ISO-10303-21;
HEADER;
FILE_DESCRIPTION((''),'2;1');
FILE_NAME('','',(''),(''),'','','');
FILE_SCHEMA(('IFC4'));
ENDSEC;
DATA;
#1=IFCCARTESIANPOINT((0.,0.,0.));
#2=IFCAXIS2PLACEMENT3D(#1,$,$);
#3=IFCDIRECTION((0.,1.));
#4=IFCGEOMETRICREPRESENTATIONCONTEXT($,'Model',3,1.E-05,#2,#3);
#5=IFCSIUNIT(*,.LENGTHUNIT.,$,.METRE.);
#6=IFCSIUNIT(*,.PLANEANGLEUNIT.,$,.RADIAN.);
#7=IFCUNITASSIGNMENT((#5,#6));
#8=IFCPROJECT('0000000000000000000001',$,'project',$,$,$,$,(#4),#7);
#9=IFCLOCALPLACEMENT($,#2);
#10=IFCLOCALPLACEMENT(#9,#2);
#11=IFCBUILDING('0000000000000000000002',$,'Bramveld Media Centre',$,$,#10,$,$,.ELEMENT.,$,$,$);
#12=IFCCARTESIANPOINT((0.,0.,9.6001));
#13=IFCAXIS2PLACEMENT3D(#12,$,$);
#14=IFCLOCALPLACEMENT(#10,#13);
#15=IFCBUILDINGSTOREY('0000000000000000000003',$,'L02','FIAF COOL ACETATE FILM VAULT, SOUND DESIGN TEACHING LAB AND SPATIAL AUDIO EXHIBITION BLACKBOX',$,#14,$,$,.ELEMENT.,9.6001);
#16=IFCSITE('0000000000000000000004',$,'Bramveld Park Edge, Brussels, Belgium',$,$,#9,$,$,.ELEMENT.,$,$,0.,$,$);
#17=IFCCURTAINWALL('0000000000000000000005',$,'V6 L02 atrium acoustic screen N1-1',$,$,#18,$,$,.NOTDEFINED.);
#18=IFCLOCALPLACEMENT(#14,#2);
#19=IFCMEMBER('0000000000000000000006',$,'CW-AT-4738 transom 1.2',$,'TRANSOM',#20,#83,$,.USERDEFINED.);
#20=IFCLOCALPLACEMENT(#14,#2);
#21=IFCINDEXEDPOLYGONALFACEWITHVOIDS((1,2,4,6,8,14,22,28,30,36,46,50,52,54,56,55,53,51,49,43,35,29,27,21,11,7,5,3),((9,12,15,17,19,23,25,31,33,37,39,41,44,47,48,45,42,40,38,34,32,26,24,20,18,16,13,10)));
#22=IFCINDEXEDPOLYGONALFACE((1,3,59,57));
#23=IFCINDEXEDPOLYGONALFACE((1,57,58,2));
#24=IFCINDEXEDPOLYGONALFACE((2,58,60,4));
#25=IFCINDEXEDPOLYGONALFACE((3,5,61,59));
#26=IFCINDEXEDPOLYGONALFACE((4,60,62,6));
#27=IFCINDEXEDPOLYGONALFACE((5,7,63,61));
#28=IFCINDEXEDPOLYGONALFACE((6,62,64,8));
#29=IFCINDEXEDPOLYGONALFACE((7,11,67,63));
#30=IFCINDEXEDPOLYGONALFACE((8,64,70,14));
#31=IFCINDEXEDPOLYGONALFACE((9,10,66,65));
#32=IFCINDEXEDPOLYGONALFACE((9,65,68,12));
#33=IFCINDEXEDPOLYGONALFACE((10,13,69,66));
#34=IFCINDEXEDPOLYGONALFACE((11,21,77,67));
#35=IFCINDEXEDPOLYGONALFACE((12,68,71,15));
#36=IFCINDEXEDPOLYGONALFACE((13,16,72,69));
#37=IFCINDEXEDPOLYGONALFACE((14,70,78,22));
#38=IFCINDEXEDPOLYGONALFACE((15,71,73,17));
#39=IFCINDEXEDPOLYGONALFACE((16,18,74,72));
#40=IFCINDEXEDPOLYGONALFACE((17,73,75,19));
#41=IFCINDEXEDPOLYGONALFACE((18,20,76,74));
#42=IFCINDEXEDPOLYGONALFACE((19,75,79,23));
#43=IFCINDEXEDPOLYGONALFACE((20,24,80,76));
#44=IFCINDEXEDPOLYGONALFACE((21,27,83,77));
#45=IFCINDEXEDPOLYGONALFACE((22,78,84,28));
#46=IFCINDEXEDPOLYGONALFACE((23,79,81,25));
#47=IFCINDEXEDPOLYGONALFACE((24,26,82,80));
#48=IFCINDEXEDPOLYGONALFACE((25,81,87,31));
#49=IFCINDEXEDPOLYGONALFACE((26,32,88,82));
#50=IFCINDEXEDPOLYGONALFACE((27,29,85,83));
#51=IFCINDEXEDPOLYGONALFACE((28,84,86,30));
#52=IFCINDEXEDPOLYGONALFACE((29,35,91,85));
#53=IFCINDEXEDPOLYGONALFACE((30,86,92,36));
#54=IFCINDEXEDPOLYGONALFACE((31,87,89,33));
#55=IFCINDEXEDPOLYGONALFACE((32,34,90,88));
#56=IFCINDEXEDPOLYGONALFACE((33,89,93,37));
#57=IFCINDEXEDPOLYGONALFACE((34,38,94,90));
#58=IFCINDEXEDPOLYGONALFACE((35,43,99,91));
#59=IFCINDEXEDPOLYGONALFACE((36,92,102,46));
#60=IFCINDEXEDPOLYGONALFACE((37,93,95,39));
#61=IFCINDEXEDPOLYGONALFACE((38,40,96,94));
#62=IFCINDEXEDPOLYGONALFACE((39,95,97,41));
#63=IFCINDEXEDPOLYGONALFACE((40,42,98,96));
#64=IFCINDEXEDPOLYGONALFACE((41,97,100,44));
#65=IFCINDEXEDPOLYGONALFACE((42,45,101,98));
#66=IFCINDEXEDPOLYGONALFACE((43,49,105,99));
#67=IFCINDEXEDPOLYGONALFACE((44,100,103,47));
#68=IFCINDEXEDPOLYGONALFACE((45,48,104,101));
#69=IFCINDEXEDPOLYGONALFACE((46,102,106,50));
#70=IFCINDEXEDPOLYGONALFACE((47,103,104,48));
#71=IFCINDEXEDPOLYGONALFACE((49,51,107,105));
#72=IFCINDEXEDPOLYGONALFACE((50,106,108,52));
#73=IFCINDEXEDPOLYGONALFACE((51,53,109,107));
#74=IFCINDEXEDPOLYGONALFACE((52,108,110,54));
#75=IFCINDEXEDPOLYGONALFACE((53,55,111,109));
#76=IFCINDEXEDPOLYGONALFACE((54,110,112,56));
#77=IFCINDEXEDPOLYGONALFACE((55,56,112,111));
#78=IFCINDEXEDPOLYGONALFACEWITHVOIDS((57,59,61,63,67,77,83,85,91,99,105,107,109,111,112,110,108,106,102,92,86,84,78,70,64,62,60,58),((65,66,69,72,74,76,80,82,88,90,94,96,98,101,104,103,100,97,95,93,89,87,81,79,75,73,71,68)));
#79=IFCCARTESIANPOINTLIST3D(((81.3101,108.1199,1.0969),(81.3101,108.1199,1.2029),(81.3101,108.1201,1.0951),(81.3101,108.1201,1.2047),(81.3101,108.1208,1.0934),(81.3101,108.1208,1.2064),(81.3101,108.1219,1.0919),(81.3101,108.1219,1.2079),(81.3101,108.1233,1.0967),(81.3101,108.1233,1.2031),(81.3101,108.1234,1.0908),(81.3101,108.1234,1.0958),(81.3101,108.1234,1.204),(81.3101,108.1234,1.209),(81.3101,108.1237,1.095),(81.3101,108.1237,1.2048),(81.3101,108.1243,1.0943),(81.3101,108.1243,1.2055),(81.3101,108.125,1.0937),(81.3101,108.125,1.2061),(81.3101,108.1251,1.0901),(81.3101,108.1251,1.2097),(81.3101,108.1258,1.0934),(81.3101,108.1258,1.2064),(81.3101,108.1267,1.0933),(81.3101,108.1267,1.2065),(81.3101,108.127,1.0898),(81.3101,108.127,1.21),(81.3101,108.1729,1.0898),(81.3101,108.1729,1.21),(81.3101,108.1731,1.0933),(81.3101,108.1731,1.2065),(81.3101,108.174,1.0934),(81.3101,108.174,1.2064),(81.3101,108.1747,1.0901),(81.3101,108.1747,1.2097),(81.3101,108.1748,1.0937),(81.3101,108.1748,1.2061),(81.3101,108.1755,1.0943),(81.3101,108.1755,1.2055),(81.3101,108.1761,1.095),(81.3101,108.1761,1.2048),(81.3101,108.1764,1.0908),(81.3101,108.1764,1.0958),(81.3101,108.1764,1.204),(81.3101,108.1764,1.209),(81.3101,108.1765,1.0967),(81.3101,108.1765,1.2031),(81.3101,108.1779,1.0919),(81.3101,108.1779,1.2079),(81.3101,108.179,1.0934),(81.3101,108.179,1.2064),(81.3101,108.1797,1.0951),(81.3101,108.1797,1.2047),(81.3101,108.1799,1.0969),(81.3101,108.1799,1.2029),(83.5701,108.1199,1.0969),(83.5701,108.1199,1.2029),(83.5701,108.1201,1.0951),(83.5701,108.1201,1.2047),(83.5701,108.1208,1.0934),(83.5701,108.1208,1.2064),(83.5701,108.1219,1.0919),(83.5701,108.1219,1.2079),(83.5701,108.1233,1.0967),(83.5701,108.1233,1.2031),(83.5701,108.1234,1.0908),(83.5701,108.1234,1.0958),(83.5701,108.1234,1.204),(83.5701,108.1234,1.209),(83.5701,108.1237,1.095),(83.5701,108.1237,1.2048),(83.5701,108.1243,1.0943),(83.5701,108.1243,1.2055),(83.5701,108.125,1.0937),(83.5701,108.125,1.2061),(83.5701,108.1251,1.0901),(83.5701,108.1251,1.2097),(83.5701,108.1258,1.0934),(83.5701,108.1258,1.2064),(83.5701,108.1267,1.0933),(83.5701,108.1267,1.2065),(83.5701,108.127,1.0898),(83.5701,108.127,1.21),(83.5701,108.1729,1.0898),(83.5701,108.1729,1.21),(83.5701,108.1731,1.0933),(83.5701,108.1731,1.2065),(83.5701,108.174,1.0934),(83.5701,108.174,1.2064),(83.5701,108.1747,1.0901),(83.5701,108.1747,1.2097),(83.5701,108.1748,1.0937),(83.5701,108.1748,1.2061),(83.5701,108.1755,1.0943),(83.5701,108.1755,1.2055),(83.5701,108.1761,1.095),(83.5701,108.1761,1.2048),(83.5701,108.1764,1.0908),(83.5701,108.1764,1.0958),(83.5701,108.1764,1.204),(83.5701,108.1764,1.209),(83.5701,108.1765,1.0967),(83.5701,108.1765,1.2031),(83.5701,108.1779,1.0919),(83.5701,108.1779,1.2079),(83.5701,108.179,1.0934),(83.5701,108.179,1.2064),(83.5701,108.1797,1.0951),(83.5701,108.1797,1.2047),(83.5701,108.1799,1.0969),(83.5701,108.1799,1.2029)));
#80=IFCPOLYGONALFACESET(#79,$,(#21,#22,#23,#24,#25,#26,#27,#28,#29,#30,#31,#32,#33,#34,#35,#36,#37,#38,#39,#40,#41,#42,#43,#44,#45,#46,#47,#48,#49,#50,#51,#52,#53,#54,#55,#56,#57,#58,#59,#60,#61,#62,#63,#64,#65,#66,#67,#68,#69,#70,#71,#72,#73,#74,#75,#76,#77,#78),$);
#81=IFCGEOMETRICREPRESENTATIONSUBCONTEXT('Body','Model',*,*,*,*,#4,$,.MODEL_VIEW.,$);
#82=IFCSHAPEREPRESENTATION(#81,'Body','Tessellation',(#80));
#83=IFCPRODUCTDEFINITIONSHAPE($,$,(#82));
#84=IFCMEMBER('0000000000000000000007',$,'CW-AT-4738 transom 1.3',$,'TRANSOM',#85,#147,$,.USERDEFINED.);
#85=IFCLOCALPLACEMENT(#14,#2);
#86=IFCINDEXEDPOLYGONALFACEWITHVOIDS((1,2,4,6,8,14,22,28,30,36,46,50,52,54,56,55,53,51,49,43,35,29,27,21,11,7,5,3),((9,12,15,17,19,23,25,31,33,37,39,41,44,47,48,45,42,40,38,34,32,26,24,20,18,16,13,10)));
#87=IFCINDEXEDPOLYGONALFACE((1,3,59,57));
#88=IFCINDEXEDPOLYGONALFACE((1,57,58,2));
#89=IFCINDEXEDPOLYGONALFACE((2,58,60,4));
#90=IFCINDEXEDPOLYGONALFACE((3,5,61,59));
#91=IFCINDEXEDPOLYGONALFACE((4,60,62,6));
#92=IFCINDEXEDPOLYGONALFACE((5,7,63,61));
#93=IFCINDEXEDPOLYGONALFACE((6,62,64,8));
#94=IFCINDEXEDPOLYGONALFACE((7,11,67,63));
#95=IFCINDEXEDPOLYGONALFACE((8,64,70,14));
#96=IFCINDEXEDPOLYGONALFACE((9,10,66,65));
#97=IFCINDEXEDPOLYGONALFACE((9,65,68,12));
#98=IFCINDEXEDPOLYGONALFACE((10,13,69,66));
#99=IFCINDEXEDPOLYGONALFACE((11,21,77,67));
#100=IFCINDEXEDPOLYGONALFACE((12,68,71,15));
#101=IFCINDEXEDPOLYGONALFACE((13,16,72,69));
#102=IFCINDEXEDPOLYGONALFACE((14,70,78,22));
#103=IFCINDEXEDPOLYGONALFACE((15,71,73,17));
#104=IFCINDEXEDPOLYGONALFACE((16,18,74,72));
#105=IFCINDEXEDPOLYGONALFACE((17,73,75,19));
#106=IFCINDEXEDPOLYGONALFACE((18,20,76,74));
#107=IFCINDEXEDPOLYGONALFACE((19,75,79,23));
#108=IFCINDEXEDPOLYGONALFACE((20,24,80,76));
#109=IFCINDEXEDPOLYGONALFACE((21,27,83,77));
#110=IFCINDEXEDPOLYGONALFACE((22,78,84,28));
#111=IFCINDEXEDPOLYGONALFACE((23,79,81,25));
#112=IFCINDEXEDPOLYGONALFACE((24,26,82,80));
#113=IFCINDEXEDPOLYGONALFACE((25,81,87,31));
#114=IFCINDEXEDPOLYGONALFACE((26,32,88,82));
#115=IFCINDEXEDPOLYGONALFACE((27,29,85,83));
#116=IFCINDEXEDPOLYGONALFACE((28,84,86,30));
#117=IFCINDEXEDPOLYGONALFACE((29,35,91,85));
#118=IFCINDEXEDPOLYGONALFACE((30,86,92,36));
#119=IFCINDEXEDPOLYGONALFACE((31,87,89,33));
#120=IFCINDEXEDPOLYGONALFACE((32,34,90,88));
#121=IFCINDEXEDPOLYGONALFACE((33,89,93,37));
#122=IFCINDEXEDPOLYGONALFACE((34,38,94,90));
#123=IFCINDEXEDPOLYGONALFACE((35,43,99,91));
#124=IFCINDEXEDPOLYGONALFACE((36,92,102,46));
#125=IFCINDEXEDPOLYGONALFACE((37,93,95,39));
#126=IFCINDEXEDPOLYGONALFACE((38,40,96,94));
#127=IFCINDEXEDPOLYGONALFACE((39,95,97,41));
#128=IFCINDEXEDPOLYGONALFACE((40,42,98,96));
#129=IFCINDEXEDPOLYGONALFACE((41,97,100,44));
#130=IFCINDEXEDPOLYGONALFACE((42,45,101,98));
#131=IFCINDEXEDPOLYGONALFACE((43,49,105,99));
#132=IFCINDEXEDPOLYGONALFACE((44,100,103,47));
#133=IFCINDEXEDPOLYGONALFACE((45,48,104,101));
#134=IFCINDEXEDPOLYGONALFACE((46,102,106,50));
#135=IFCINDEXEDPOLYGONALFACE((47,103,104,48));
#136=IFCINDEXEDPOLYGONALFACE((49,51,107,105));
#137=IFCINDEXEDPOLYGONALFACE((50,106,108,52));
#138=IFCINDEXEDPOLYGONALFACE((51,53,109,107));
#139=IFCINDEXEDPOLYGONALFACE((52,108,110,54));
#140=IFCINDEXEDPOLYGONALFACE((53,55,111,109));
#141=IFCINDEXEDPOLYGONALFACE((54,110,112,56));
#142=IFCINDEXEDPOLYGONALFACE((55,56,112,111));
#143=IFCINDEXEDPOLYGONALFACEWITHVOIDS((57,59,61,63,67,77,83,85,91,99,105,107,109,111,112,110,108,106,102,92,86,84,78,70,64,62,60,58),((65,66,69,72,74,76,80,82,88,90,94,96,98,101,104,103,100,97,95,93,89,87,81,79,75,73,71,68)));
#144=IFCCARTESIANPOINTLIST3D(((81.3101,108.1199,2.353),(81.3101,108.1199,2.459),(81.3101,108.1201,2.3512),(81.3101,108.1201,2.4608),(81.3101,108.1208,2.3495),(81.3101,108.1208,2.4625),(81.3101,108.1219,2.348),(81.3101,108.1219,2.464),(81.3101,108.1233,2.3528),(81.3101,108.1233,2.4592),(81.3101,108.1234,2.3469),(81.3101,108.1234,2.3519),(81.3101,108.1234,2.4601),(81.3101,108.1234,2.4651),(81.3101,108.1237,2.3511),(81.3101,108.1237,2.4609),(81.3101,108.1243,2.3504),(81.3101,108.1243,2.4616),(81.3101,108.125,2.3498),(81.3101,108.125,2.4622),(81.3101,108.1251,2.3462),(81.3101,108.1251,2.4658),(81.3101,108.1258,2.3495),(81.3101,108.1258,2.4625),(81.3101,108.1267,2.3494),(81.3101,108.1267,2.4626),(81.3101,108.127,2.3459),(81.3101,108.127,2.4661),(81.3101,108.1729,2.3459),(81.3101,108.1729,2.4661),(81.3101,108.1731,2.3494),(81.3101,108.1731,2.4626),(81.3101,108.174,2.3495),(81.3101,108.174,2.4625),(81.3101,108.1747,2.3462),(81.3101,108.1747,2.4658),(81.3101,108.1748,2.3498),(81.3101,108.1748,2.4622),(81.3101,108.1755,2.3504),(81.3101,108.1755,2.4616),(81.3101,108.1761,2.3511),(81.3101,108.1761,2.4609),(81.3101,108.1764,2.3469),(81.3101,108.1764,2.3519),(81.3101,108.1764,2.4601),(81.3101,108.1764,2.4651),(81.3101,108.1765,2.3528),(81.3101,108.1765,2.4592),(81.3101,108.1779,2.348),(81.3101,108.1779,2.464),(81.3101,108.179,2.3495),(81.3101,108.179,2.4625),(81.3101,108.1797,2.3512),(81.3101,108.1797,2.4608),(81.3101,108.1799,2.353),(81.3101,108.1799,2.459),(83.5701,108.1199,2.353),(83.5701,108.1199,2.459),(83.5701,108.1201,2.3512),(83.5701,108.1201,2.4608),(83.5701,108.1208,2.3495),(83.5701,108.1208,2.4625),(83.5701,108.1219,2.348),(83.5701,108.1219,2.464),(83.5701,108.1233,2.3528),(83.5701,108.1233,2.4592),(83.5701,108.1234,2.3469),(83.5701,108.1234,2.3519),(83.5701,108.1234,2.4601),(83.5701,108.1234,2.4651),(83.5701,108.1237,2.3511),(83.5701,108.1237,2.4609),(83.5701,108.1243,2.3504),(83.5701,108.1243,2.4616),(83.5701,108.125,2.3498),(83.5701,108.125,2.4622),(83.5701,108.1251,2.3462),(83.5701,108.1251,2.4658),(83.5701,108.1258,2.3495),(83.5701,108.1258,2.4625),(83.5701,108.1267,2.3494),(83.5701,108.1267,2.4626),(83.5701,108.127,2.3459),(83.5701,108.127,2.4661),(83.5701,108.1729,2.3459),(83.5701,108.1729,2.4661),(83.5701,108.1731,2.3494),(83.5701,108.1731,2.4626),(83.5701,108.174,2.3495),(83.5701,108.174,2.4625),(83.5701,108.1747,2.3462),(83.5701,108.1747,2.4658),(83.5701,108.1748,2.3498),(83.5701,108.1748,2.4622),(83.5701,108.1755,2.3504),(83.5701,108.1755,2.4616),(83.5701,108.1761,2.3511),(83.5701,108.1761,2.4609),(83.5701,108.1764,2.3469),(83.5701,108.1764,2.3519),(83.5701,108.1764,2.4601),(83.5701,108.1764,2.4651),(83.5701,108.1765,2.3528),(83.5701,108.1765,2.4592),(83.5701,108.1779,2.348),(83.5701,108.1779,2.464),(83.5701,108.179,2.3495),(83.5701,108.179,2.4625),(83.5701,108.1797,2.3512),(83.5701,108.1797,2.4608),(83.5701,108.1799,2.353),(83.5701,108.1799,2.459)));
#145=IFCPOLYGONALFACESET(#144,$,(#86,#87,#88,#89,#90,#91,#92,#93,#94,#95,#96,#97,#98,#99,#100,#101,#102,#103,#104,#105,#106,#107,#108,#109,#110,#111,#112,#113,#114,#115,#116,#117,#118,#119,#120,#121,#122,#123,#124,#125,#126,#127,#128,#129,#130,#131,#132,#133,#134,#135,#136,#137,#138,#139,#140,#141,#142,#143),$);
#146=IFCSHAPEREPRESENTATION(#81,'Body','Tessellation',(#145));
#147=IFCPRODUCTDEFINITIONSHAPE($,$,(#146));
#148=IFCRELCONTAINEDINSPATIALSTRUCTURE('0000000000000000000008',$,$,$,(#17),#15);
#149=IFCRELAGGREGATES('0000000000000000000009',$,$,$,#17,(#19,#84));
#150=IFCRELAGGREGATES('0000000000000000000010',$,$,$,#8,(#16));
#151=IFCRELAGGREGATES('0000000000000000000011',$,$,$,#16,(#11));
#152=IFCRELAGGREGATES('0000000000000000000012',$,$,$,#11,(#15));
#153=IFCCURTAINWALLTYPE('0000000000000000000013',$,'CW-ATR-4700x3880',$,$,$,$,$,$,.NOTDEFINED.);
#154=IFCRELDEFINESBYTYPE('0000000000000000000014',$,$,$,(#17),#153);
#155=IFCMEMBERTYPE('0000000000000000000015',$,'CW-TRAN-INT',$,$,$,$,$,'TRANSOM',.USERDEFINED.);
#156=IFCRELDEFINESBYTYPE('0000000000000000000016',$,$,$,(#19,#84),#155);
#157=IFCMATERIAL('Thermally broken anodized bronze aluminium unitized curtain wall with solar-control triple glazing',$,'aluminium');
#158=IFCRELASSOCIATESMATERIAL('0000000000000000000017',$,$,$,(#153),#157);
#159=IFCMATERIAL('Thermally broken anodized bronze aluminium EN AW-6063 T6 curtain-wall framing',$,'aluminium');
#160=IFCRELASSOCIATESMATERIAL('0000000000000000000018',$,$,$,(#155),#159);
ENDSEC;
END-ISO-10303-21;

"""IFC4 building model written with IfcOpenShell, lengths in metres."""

from ifc_helpers import new_model, si_unit, direction, frame, origin, origin_2d, place, context, subcontext, project, spatial, hollow_rectangle, extrude, material, material_profile, profile_set, type_object, element, aggregate, save


model = new_model("IFC4")

# Units and contexts
model_context = context("Model", 3, precision=1e-05, world=origin(), true_north=direction((0.0, 1.0)))
body_context = subcontext(model_context, "Body", "Model", "MODEL_VIEW")
ifc_project = project(units=[si_unit("LENGTHUNIT", "METRE"), si_unit("PLANEANGLEUNIT", "RADIAN")], contexts=[model_context])

# Site, building, storey
site_placement = place(None, origin())
site = spatial("IfcSite", under=ifc_project, at=site_placement, Name="Bramveld Park Edge, Brussels, Belgium", CompositionType="ELEMENT", RefElevation=0.0)
building_placement = place(site_placement, origin())
building = spatial("IfcBuilding", under=site, at=building_placement, Name="Bramveld Media Centre", CompositionType="ELEMENT")
storey_placement = place(building_placement, frame((0.0, 0.0, 9.6001)))
storey = spatial("IfcBuildingStorey", under=building, at=storey_placement, Name="L02", Description="FIAF COOL ACETATE FILM VAULT, SOUND DESIGN TEACHING LAB AND SPATIAL AUDIO EXHIBITION BLACKBOX", CompositionType="ELEMENT", Elevation=9.6001)

# Curtain wall
ifc_material_1 = material(Name="Thermally broken anodized bronze aluminium unitized curtain wall with solar-control triple glazing", Category="aluminium")
curtain_wall_type_1 = type_object("IfcCurtainWallType", Name="CW-ATR-4700x3880", PredefinedType="NOTDEFINED", material=ifc_material_1)
curtain_wall_1_placement = place(storey_placement, origin())
curtain_wall_1 = element("IfcCurtainWall", 1, at=curtain_wall_1_placement, inside=storey, type_object=curtain_wall_type_1, Name="V6 L02 atrium acoustic screen N1-1", PredefinedType="NOTDEFINED")

# Members
ifc_material_2 = material(Name="Thermally broken anodized bronze aluminium EN AW-6063 T6 curtain-wall framing", Category="aluminium")
ifc_material_profile_1 = material_profile(ifc_material_2, hollow_rectangle(XDim=0.0601, YDim=0.1201, WallThickness=0.0034, InnerFilletRadius=0.0034, OuterFilletRadius=0.0071, at=origin_2d()), Name="AL-TRAN 60x120")
ifc_profile_set_1 = profile_set([ifc_material_profile_1], Name="Thermally broken anodized bronze aluminium EN AW-6063 T6 curtain-wall framing")
member_type_1 = type_object("IfcMemberType", Name="CW-TRAN-INT", ElementType="TRANSOM", PredefinedType="USERDEFINED", material=ifc_profile_set_1)
member_1_placement = place(storey_placement, frame((81.3101, 108.1499, 1.1499), z_axis=(1.0, 0.0, 0.0), x_axis=(0.0, 1.0, 0.0)))
member_1 = element("IfcMember", 2, at=member_1_placement, type_object=member_type_1, Name="CW-AT-4738 transom 1.2", ObjectType="TRANSOM", PredefinedType="USERDEFINED", context=body_context, shape_type="SweptSolid", body=[
    extrude(hollow_rectangle(XDim=0.0601, YDim=0.1201, WallThickness=0.0034, InnerFilletRadius=0.0034, OuterFilletRadius=0.0071, at=origin_2d()), origin(), (0.0, 0.0, 1.0), 2.26),
])
member_2_placement = place(storey_placement, frame((81.3101, 108.1499, 2.406), z_axis=(1.0, 0.0, 0.0), x_axis=(0.0, 1.0, 0.0)))
member_2 = element("IfcMember", 3, at=member_2_placement, type_object=member_type_1, Name="CW-AT-4738 transom 1.3", ObjectType="TRANSOM", PredefinedType="USERDEFINED", context=body_context, shape_type="SweptSolid", body=[
    extrude(hollow_rectangle(XDim=0.0601, YDim=0.1201, WallThickness=0.0034, InnerFilletRadius=0.0034, OuterFilletRadius=0.0071, at=origin_2d()), origin(), (0.0, 0.0, 1.0), 2.26),
])

aggregate(curtain_wall_1, [member_1, member_2])

save(model, "model.ifc")
